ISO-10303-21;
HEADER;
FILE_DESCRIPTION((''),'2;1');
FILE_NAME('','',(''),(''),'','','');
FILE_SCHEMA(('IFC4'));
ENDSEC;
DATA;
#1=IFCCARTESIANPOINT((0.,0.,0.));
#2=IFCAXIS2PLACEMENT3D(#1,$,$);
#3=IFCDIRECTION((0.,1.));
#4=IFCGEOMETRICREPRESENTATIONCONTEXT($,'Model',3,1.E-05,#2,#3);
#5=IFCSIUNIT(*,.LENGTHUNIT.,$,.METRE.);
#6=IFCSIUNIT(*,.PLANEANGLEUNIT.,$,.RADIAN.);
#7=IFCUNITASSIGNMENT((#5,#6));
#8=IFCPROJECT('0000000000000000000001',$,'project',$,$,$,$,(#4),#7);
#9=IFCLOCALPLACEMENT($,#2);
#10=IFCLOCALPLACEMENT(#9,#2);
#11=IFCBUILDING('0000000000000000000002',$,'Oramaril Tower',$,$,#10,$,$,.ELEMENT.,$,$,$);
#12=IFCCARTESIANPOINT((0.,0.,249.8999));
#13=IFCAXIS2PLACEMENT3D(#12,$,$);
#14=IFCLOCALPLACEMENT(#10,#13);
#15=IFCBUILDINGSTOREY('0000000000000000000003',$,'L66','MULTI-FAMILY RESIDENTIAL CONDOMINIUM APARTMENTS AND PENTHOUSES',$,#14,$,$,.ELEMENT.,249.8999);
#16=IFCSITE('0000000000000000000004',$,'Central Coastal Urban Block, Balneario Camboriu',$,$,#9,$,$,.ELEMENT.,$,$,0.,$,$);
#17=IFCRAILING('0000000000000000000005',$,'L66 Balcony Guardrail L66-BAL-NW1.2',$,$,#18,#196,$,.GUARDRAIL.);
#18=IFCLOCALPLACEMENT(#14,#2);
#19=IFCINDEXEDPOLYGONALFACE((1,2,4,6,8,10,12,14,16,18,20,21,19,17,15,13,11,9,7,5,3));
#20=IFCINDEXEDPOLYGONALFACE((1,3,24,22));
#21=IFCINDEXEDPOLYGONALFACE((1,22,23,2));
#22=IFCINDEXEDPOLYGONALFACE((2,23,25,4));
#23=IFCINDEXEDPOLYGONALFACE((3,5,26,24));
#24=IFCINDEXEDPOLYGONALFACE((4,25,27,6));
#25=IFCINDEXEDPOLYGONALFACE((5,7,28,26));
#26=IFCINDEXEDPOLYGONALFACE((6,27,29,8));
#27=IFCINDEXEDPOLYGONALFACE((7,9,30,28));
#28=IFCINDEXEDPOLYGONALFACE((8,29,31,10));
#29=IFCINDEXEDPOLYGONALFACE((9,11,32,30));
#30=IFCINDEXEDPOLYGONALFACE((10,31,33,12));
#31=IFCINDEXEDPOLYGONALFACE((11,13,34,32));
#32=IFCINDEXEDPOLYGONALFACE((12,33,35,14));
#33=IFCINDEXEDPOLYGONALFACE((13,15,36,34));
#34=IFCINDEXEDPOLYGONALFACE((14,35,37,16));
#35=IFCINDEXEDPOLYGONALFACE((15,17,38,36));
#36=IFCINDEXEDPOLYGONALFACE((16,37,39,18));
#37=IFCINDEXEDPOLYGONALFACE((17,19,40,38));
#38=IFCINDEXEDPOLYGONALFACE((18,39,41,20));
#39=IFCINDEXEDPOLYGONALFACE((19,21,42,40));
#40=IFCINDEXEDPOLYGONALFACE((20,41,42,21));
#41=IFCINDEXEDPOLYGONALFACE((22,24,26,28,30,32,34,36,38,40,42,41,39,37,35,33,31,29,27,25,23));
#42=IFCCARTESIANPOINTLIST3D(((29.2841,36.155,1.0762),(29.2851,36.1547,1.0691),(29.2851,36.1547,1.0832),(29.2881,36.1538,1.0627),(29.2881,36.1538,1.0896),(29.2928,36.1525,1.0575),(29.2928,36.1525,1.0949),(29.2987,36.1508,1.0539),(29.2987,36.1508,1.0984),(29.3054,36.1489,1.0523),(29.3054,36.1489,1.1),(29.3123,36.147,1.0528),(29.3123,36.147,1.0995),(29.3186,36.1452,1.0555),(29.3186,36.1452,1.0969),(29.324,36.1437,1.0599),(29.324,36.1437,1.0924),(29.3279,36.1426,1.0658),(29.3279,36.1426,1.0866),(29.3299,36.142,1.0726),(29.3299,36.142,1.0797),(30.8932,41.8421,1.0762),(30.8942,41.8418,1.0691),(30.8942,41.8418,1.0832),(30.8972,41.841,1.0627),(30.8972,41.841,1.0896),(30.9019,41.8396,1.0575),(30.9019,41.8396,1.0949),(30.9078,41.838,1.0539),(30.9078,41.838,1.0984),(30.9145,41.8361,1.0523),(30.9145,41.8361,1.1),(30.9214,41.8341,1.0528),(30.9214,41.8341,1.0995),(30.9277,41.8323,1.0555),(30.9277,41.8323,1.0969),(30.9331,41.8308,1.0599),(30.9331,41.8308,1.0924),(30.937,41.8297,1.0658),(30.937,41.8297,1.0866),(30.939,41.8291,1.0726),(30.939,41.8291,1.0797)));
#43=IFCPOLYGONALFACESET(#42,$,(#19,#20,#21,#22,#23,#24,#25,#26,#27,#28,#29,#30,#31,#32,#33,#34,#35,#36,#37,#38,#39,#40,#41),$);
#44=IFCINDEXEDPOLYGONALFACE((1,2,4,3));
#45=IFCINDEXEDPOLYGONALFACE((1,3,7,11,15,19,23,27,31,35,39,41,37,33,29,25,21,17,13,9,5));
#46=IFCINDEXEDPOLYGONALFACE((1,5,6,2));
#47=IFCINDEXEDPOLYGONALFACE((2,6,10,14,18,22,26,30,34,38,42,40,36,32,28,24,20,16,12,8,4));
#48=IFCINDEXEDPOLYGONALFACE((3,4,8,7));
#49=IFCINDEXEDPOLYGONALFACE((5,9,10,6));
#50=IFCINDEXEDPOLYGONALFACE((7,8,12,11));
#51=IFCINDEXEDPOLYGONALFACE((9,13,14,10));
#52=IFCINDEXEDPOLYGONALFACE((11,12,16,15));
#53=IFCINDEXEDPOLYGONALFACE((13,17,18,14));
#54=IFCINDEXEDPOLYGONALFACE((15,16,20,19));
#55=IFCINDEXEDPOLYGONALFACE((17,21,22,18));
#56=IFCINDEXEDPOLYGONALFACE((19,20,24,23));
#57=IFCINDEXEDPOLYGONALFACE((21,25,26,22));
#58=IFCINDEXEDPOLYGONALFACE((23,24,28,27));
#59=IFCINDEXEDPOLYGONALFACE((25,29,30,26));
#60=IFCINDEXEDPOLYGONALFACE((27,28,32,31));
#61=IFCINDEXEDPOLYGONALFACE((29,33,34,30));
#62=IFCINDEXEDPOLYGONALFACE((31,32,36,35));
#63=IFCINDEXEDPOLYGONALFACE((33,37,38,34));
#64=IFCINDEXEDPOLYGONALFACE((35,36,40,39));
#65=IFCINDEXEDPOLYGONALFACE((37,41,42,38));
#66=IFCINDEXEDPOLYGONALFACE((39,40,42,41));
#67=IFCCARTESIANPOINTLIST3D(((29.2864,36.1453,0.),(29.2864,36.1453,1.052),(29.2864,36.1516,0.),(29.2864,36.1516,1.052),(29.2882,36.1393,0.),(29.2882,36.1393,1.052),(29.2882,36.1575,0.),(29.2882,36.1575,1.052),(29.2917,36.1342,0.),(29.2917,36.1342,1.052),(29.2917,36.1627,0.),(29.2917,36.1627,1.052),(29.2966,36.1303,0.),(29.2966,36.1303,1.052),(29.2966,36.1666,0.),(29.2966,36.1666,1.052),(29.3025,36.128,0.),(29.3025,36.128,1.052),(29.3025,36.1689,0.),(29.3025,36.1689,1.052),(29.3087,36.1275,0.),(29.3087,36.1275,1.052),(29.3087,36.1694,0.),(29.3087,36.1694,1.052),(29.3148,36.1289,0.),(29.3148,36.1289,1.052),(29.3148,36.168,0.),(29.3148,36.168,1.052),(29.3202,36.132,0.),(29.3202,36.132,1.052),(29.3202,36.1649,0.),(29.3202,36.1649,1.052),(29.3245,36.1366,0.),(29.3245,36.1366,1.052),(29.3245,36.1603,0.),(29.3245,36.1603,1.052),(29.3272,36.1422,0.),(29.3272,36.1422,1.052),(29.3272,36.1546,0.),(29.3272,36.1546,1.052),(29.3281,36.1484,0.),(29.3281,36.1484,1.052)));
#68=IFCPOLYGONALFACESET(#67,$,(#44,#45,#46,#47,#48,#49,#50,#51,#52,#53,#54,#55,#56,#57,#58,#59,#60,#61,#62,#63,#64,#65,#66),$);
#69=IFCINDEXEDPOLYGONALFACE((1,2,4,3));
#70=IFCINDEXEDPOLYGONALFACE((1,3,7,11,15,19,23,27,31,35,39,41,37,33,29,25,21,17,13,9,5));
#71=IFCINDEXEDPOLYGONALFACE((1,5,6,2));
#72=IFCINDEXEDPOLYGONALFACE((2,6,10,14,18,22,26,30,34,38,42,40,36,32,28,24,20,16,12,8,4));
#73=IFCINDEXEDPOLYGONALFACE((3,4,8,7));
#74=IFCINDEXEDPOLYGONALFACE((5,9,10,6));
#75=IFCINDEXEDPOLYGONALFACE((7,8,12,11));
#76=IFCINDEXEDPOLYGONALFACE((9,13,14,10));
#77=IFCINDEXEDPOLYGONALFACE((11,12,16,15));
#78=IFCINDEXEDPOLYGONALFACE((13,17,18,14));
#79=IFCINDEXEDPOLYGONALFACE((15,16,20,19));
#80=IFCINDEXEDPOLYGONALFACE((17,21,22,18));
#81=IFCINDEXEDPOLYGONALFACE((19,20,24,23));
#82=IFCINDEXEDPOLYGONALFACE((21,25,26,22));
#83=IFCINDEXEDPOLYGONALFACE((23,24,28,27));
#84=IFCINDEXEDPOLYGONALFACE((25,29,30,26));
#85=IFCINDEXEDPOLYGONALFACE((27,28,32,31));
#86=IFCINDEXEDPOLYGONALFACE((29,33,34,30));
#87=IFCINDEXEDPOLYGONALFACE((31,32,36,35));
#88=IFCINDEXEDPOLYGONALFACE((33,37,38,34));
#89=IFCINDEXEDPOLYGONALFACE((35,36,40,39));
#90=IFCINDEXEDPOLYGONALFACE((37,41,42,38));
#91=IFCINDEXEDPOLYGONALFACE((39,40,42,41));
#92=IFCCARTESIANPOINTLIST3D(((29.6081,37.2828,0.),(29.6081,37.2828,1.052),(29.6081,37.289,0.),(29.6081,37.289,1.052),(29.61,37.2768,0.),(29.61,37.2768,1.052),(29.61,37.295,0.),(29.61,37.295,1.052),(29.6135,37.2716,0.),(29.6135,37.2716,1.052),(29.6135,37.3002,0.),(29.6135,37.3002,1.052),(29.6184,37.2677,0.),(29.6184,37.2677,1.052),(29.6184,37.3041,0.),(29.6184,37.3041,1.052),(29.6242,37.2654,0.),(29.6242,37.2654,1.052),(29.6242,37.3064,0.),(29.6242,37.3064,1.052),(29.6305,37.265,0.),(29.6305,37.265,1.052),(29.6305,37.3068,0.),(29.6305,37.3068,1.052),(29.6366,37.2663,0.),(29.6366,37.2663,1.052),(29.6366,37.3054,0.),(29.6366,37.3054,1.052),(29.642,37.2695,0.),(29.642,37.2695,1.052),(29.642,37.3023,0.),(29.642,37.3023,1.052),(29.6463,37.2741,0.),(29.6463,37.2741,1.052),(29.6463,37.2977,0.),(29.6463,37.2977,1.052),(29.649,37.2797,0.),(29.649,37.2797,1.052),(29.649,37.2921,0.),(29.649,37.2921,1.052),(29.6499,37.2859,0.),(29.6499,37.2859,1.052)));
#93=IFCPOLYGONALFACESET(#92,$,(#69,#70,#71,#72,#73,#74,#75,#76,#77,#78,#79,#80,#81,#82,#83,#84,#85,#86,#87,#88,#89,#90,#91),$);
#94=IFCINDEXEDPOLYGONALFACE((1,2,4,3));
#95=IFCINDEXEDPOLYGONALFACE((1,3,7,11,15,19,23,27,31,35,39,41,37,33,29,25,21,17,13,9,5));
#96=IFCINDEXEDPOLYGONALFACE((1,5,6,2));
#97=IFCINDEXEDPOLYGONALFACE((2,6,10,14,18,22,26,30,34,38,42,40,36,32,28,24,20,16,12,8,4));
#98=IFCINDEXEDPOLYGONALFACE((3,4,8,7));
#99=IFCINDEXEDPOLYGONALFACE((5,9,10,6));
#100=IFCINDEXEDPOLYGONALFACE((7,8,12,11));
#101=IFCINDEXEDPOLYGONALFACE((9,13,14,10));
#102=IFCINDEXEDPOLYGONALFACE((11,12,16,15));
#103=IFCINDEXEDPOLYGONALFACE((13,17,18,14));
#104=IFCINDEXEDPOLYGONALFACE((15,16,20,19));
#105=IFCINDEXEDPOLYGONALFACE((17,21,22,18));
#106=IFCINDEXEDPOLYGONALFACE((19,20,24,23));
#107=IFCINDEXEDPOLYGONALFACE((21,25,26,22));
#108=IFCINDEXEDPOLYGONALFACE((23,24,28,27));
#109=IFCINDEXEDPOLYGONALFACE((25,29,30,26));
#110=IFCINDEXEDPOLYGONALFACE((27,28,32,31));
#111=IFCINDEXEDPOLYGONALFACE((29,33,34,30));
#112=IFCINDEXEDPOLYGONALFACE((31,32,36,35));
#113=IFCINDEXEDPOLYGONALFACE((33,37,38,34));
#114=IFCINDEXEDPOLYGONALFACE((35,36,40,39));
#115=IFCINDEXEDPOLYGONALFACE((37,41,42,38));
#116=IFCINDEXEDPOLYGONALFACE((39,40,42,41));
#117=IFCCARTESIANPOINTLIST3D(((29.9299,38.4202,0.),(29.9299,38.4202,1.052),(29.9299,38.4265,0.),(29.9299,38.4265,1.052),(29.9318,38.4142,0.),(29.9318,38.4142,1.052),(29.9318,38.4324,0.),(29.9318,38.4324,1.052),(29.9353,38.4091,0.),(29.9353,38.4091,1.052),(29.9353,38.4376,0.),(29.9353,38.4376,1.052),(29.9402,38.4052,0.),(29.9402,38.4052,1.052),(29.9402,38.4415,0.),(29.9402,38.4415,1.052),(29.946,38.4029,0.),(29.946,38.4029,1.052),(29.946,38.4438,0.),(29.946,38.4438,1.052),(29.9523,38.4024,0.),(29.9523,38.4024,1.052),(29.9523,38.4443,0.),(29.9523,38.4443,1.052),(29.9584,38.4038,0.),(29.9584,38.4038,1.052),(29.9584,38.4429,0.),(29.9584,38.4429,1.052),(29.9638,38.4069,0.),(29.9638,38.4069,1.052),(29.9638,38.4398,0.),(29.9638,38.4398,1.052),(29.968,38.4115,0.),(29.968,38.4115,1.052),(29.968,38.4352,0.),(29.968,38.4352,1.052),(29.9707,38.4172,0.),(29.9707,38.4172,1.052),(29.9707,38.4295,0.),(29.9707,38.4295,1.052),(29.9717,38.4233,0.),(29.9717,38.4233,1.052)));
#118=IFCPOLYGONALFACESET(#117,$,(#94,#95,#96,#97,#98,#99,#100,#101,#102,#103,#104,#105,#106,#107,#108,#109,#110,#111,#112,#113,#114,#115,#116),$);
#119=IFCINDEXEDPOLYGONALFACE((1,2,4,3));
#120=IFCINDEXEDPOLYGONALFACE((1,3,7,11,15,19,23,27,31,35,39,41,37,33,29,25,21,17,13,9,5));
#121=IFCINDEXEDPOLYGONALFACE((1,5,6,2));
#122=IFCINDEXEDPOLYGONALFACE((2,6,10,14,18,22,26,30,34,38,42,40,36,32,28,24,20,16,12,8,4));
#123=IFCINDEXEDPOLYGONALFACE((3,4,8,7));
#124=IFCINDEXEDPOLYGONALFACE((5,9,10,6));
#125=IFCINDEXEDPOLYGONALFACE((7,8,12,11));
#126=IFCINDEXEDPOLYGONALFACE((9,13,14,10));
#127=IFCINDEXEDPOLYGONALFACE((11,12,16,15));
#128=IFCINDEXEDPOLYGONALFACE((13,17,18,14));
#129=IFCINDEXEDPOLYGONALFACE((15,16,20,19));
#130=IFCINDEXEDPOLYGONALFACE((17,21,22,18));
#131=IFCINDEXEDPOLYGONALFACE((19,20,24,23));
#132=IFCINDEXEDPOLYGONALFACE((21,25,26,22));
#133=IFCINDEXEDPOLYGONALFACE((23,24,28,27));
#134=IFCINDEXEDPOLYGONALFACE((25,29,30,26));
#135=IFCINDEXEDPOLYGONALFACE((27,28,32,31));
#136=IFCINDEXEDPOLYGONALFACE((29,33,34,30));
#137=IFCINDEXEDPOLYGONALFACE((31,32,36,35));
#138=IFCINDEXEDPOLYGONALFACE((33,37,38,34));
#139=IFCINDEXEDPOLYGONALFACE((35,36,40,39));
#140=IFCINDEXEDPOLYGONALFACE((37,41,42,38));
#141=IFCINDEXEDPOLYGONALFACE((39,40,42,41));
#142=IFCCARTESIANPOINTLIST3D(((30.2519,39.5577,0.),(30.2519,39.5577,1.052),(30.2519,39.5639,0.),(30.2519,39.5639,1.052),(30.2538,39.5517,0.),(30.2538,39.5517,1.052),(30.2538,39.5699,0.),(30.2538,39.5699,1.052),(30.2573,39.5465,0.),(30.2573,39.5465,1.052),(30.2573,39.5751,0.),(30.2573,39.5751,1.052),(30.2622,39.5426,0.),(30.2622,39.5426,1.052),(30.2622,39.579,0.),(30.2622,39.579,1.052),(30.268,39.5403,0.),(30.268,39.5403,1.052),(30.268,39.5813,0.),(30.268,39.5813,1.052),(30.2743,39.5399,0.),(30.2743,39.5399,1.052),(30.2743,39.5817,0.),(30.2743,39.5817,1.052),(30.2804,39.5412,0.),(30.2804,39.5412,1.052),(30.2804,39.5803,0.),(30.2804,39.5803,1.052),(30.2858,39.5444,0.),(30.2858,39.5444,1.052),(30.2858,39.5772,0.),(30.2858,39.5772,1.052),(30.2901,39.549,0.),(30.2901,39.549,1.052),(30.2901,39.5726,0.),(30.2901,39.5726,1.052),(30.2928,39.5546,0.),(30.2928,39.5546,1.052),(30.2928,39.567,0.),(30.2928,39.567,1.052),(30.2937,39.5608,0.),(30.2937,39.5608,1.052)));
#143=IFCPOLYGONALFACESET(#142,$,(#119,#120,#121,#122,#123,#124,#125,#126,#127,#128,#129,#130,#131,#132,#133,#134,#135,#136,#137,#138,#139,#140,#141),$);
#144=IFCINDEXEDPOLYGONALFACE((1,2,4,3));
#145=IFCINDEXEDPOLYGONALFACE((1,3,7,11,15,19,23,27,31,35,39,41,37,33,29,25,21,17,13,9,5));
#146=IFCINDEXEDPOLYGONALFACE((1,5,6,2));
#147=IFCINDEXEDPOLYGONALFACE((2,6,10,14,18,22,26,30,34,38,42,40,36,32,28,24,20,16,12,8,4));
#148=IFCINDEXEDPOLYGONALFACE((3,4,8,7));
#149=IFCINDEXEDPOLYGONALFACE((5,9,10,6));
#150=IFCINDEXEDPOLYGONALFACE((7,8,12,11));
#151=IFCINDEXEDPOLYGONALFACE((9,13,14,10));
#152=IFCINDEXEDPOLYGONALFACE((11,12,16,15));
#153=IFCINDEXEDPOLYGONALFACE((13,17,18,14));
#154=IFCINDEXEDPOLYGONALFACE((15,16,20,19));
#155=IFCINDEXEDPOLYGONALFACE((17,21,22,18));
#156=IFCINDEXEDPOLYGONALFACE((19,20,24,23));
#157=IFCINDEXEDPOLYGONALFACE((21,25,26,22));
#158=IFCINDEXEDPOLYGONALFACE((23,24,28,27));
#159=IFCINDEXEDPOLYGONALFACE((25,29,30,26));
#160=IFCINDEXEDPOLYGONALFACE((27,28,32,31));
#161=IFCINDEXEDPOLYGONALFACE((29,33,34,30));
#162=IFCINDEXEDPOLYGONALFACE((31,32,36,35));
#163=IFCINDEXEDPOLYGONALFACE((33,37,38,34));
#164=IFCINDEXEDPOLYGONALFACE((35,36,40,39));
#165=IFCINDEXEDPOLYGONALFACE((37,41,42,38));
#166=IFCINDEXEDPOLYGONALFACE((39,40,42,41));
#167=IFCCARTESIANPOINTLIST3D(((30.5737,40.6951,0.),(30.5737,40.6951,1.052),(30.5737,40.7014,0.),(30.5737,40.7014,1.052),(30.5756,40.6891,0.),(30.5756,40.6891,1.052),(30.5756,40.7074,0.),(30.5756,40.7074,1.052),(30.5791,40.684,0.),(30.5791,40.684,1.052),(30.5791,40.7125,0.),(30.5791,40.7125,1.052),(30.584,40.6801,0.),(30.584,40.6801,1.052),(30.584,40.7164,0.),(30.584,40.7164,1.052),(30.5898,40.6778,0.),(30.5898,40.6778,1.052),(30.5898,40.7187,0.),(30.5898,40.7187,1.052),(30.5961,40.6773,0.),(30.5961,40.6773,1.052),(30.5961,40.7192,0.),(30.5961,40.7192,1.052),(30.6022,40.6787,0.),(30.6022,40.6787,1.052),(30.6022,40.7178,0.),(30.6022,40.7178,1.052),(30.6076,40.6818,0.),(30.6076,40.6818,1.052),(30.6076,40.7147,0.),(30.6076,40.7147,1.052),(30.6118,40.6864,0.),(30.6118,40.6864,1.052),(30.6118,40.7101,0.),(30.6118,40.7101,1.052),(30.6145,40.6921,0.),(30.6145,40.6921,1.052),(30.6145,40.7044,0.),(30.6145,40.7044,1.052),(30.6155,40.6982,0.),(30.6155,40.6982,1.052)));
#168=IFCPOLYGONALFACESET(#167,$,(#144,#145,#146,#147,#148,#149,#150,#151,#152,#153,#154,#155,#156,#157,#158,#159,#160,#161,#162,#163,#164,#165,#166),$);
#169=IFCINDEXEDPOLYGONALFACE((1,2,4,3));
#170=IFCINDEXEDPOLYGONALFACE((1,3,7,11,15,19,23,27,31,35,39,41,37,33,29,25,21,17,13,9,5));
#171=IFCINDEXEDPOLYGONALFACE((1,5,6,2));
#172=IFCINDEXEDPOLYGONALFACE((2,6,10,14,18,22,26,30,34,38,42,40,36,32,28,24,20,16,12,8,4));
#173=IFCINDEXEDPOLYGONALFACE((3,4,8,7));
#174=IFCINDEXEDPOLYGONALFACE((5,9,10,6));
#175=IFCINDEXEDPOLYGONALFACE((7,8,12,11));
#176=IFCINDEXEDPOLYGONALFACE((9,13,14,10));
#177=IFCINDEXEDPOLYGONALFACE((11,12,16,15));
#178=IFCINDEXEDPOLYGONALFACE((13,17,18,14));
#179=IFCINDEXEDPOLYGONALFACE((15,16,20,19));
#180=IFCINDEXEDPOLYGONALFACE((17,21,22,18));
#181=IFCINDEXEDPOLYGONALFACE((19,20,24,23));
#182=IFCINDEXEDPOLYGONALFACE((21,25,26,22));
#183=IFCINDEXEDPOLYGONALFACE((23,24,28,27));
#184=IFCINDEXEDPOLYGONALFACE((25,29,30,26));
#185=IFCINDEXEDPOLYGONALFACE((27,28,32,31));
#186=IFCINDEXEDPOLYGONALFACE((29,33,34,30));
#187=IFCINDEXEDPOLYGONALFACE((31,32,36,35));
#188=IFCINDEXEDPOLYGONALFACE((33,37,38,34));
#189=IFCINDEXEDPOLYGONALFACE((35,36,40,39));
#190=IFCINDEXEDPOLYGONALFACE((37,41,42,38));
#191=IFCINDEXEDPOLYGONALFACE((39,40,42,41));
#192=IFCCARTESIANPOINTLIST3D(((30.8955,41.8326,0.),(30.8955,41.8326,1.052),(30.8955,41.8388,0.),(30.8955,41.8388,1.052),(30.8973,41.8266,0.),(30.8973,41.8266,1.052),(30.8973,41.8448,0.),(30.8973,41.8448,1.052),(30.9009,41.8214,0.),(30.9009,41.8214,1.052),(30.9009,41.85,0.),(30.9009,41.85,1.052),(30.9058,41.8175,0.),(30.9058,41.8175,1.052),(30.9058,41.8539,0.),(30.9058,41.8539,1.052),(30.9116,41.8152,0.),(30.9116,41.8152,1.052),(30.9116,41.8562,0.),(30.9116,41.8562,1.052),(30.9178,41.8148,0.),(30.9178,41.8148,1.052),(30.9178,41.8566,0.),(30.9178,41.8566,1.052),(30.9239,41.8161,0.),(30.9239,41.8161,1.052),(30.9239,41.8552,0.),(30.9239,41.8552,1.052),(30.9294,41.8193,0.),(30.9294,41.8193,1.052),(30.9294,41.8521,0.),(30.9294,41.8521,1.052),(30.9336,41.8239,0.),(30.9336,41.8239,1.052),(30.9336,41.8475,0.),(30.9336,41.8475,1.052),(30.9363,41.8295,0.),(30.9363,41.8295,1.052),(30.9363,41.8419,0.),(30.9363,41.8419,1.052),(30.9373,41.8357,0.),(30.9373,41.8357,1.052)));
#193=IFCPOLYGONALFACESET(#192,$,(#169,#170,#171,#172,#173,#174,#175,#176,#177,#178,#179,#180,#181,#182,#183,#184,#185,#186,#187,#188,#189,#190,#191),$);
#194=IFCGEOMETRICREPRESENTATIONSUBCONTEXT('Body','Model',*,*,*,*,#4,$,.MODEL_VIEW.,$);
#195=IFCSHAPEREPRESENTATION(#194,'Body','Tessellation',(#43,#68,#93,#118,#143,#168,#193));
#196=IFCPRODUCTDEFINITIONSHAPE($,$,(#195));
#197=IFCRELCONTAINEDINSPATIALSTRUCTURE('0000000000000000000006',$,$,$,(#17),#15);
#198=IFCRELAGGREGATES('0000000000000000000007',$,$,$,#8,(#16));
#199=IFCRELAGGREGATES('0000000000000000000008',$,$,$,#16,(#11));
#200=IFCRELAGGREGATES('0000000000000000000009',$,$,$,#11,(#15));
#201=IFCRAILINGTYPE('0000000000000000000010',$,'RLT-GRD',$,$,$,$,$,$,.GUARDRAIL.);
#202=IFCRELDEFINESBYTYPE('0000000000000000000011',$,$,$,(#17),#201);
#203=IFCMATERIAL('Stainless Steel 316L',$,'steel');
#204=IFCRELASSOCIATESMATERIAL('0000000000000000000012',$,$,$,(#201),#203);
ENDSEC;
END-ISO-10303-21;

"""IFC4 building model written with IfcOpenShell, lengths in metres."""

from ifc_helpers import new_model, si_unit, direction, frame, origin, origin_2d, place, context, subcontext, project, spatial, circle, extrude, material, type_object, element, save


model = new_model("IFC4")

# Units and contexts
model_context = context("Model", 3, precision=1e-05, world=origin(), true_north=direction((0.0, 1.0)))
body_context = subcontext(model_context, "Body", "Model", "MODEL_VIEW")
ifc_project = project(units=[si_unit("LENGTHUNIT", "METRE"), si_unit("PLANEANGLEUNIT", "RADIAN")], contexts=[model_context])

# Site, building, storey
site_placement = place(None, origin())
site = spatial("IfcSite", under=ifc_project, at=site_placement, Name="Central Coastal Urban Block, Balneario Camboriu", CompositionType="ELEMENT", RefElevation=0.0)
building_placement = place(site_placement, origin())
building = spatial("IfcBuilding", under=site, at=building_placement, Name="Oramaril Tower", CompositionType="ELEMENT")
storey_placement = place(building_placement, frame((0.0, 0.0, 249.8999)))
storey = spatial("IfcBuildingStorey", under=building, at=storey_placement, Name="L66", Description="MULTI-FAMILY RESIDENTIAL CONDOMINIUM APARTMENTS AND PENTHOUSES", CompositionType="ELEMENT", Elevation=249.8999)

# Railing
ifc_material_1 = material(Name="Stainless Steel 316L", Category="steel")
railing_type = type_object("IfcRailingType", Name="RLT-GRD", PredefinedType="GUARDRAIL", material=ifc_material_1)
railing_1_placement = place(storey_placement, frame((29.3071, 36.1484, 0.0)))
element("IfcRailing", 1, at=railing_1_placement, inside=storey, type_object=railing_type, Name="L66 Balcony Guardrail L66-BAL-NW1.2", PredefinedType="GUARDRAIL", context=body_context, shape_type="SweptSolid", body=[
    extrude(circle(Radius=0.0239, at=origin_2d()), frame((0.0, 0.0, 1.0762), z_axis=(0.272249, 0.962227, 0.0), x_axis=(-0.962227, 0.272249, 0.0)), (0.0, 0.0, 1.0), 5.9104),
    extrude(circle(Radius=0.021, at=origin_2d()), origin(), (0.0, 0.0, 1.0), 1.052),
    extrude(circle(Radius=0.021, at=origin_2d()), frame((0.3218, 1.1375, 0.0)), (0.0, 0.0, 1.0), 1.052),
    extrude(circle(Radius=0.021, at=origin_2d()), frame((0.6436, 2.2749, 0.0)), (0.0, 0.0, 1.0), 1.052),
    extrude(circle(Radius=0.021, at=origin_2d()), frame((0.9656, 3.4124, 0.0)), (0.0, 0.0, 1.0), 1.052),
    extrude(circle(Radius=0.021, at=origin_2d()), frame((1.2874, 4.5498, 0.0)), (0.0, 0.0, 1.0), 1.052),
    extrude(circle(Radius=0.021, at=origin_2d()), frame((1.6091, 5.6873, 0.0)), (0.0, 0.0, 1.0), 1.052),
])

save(model, "model.ifc")
